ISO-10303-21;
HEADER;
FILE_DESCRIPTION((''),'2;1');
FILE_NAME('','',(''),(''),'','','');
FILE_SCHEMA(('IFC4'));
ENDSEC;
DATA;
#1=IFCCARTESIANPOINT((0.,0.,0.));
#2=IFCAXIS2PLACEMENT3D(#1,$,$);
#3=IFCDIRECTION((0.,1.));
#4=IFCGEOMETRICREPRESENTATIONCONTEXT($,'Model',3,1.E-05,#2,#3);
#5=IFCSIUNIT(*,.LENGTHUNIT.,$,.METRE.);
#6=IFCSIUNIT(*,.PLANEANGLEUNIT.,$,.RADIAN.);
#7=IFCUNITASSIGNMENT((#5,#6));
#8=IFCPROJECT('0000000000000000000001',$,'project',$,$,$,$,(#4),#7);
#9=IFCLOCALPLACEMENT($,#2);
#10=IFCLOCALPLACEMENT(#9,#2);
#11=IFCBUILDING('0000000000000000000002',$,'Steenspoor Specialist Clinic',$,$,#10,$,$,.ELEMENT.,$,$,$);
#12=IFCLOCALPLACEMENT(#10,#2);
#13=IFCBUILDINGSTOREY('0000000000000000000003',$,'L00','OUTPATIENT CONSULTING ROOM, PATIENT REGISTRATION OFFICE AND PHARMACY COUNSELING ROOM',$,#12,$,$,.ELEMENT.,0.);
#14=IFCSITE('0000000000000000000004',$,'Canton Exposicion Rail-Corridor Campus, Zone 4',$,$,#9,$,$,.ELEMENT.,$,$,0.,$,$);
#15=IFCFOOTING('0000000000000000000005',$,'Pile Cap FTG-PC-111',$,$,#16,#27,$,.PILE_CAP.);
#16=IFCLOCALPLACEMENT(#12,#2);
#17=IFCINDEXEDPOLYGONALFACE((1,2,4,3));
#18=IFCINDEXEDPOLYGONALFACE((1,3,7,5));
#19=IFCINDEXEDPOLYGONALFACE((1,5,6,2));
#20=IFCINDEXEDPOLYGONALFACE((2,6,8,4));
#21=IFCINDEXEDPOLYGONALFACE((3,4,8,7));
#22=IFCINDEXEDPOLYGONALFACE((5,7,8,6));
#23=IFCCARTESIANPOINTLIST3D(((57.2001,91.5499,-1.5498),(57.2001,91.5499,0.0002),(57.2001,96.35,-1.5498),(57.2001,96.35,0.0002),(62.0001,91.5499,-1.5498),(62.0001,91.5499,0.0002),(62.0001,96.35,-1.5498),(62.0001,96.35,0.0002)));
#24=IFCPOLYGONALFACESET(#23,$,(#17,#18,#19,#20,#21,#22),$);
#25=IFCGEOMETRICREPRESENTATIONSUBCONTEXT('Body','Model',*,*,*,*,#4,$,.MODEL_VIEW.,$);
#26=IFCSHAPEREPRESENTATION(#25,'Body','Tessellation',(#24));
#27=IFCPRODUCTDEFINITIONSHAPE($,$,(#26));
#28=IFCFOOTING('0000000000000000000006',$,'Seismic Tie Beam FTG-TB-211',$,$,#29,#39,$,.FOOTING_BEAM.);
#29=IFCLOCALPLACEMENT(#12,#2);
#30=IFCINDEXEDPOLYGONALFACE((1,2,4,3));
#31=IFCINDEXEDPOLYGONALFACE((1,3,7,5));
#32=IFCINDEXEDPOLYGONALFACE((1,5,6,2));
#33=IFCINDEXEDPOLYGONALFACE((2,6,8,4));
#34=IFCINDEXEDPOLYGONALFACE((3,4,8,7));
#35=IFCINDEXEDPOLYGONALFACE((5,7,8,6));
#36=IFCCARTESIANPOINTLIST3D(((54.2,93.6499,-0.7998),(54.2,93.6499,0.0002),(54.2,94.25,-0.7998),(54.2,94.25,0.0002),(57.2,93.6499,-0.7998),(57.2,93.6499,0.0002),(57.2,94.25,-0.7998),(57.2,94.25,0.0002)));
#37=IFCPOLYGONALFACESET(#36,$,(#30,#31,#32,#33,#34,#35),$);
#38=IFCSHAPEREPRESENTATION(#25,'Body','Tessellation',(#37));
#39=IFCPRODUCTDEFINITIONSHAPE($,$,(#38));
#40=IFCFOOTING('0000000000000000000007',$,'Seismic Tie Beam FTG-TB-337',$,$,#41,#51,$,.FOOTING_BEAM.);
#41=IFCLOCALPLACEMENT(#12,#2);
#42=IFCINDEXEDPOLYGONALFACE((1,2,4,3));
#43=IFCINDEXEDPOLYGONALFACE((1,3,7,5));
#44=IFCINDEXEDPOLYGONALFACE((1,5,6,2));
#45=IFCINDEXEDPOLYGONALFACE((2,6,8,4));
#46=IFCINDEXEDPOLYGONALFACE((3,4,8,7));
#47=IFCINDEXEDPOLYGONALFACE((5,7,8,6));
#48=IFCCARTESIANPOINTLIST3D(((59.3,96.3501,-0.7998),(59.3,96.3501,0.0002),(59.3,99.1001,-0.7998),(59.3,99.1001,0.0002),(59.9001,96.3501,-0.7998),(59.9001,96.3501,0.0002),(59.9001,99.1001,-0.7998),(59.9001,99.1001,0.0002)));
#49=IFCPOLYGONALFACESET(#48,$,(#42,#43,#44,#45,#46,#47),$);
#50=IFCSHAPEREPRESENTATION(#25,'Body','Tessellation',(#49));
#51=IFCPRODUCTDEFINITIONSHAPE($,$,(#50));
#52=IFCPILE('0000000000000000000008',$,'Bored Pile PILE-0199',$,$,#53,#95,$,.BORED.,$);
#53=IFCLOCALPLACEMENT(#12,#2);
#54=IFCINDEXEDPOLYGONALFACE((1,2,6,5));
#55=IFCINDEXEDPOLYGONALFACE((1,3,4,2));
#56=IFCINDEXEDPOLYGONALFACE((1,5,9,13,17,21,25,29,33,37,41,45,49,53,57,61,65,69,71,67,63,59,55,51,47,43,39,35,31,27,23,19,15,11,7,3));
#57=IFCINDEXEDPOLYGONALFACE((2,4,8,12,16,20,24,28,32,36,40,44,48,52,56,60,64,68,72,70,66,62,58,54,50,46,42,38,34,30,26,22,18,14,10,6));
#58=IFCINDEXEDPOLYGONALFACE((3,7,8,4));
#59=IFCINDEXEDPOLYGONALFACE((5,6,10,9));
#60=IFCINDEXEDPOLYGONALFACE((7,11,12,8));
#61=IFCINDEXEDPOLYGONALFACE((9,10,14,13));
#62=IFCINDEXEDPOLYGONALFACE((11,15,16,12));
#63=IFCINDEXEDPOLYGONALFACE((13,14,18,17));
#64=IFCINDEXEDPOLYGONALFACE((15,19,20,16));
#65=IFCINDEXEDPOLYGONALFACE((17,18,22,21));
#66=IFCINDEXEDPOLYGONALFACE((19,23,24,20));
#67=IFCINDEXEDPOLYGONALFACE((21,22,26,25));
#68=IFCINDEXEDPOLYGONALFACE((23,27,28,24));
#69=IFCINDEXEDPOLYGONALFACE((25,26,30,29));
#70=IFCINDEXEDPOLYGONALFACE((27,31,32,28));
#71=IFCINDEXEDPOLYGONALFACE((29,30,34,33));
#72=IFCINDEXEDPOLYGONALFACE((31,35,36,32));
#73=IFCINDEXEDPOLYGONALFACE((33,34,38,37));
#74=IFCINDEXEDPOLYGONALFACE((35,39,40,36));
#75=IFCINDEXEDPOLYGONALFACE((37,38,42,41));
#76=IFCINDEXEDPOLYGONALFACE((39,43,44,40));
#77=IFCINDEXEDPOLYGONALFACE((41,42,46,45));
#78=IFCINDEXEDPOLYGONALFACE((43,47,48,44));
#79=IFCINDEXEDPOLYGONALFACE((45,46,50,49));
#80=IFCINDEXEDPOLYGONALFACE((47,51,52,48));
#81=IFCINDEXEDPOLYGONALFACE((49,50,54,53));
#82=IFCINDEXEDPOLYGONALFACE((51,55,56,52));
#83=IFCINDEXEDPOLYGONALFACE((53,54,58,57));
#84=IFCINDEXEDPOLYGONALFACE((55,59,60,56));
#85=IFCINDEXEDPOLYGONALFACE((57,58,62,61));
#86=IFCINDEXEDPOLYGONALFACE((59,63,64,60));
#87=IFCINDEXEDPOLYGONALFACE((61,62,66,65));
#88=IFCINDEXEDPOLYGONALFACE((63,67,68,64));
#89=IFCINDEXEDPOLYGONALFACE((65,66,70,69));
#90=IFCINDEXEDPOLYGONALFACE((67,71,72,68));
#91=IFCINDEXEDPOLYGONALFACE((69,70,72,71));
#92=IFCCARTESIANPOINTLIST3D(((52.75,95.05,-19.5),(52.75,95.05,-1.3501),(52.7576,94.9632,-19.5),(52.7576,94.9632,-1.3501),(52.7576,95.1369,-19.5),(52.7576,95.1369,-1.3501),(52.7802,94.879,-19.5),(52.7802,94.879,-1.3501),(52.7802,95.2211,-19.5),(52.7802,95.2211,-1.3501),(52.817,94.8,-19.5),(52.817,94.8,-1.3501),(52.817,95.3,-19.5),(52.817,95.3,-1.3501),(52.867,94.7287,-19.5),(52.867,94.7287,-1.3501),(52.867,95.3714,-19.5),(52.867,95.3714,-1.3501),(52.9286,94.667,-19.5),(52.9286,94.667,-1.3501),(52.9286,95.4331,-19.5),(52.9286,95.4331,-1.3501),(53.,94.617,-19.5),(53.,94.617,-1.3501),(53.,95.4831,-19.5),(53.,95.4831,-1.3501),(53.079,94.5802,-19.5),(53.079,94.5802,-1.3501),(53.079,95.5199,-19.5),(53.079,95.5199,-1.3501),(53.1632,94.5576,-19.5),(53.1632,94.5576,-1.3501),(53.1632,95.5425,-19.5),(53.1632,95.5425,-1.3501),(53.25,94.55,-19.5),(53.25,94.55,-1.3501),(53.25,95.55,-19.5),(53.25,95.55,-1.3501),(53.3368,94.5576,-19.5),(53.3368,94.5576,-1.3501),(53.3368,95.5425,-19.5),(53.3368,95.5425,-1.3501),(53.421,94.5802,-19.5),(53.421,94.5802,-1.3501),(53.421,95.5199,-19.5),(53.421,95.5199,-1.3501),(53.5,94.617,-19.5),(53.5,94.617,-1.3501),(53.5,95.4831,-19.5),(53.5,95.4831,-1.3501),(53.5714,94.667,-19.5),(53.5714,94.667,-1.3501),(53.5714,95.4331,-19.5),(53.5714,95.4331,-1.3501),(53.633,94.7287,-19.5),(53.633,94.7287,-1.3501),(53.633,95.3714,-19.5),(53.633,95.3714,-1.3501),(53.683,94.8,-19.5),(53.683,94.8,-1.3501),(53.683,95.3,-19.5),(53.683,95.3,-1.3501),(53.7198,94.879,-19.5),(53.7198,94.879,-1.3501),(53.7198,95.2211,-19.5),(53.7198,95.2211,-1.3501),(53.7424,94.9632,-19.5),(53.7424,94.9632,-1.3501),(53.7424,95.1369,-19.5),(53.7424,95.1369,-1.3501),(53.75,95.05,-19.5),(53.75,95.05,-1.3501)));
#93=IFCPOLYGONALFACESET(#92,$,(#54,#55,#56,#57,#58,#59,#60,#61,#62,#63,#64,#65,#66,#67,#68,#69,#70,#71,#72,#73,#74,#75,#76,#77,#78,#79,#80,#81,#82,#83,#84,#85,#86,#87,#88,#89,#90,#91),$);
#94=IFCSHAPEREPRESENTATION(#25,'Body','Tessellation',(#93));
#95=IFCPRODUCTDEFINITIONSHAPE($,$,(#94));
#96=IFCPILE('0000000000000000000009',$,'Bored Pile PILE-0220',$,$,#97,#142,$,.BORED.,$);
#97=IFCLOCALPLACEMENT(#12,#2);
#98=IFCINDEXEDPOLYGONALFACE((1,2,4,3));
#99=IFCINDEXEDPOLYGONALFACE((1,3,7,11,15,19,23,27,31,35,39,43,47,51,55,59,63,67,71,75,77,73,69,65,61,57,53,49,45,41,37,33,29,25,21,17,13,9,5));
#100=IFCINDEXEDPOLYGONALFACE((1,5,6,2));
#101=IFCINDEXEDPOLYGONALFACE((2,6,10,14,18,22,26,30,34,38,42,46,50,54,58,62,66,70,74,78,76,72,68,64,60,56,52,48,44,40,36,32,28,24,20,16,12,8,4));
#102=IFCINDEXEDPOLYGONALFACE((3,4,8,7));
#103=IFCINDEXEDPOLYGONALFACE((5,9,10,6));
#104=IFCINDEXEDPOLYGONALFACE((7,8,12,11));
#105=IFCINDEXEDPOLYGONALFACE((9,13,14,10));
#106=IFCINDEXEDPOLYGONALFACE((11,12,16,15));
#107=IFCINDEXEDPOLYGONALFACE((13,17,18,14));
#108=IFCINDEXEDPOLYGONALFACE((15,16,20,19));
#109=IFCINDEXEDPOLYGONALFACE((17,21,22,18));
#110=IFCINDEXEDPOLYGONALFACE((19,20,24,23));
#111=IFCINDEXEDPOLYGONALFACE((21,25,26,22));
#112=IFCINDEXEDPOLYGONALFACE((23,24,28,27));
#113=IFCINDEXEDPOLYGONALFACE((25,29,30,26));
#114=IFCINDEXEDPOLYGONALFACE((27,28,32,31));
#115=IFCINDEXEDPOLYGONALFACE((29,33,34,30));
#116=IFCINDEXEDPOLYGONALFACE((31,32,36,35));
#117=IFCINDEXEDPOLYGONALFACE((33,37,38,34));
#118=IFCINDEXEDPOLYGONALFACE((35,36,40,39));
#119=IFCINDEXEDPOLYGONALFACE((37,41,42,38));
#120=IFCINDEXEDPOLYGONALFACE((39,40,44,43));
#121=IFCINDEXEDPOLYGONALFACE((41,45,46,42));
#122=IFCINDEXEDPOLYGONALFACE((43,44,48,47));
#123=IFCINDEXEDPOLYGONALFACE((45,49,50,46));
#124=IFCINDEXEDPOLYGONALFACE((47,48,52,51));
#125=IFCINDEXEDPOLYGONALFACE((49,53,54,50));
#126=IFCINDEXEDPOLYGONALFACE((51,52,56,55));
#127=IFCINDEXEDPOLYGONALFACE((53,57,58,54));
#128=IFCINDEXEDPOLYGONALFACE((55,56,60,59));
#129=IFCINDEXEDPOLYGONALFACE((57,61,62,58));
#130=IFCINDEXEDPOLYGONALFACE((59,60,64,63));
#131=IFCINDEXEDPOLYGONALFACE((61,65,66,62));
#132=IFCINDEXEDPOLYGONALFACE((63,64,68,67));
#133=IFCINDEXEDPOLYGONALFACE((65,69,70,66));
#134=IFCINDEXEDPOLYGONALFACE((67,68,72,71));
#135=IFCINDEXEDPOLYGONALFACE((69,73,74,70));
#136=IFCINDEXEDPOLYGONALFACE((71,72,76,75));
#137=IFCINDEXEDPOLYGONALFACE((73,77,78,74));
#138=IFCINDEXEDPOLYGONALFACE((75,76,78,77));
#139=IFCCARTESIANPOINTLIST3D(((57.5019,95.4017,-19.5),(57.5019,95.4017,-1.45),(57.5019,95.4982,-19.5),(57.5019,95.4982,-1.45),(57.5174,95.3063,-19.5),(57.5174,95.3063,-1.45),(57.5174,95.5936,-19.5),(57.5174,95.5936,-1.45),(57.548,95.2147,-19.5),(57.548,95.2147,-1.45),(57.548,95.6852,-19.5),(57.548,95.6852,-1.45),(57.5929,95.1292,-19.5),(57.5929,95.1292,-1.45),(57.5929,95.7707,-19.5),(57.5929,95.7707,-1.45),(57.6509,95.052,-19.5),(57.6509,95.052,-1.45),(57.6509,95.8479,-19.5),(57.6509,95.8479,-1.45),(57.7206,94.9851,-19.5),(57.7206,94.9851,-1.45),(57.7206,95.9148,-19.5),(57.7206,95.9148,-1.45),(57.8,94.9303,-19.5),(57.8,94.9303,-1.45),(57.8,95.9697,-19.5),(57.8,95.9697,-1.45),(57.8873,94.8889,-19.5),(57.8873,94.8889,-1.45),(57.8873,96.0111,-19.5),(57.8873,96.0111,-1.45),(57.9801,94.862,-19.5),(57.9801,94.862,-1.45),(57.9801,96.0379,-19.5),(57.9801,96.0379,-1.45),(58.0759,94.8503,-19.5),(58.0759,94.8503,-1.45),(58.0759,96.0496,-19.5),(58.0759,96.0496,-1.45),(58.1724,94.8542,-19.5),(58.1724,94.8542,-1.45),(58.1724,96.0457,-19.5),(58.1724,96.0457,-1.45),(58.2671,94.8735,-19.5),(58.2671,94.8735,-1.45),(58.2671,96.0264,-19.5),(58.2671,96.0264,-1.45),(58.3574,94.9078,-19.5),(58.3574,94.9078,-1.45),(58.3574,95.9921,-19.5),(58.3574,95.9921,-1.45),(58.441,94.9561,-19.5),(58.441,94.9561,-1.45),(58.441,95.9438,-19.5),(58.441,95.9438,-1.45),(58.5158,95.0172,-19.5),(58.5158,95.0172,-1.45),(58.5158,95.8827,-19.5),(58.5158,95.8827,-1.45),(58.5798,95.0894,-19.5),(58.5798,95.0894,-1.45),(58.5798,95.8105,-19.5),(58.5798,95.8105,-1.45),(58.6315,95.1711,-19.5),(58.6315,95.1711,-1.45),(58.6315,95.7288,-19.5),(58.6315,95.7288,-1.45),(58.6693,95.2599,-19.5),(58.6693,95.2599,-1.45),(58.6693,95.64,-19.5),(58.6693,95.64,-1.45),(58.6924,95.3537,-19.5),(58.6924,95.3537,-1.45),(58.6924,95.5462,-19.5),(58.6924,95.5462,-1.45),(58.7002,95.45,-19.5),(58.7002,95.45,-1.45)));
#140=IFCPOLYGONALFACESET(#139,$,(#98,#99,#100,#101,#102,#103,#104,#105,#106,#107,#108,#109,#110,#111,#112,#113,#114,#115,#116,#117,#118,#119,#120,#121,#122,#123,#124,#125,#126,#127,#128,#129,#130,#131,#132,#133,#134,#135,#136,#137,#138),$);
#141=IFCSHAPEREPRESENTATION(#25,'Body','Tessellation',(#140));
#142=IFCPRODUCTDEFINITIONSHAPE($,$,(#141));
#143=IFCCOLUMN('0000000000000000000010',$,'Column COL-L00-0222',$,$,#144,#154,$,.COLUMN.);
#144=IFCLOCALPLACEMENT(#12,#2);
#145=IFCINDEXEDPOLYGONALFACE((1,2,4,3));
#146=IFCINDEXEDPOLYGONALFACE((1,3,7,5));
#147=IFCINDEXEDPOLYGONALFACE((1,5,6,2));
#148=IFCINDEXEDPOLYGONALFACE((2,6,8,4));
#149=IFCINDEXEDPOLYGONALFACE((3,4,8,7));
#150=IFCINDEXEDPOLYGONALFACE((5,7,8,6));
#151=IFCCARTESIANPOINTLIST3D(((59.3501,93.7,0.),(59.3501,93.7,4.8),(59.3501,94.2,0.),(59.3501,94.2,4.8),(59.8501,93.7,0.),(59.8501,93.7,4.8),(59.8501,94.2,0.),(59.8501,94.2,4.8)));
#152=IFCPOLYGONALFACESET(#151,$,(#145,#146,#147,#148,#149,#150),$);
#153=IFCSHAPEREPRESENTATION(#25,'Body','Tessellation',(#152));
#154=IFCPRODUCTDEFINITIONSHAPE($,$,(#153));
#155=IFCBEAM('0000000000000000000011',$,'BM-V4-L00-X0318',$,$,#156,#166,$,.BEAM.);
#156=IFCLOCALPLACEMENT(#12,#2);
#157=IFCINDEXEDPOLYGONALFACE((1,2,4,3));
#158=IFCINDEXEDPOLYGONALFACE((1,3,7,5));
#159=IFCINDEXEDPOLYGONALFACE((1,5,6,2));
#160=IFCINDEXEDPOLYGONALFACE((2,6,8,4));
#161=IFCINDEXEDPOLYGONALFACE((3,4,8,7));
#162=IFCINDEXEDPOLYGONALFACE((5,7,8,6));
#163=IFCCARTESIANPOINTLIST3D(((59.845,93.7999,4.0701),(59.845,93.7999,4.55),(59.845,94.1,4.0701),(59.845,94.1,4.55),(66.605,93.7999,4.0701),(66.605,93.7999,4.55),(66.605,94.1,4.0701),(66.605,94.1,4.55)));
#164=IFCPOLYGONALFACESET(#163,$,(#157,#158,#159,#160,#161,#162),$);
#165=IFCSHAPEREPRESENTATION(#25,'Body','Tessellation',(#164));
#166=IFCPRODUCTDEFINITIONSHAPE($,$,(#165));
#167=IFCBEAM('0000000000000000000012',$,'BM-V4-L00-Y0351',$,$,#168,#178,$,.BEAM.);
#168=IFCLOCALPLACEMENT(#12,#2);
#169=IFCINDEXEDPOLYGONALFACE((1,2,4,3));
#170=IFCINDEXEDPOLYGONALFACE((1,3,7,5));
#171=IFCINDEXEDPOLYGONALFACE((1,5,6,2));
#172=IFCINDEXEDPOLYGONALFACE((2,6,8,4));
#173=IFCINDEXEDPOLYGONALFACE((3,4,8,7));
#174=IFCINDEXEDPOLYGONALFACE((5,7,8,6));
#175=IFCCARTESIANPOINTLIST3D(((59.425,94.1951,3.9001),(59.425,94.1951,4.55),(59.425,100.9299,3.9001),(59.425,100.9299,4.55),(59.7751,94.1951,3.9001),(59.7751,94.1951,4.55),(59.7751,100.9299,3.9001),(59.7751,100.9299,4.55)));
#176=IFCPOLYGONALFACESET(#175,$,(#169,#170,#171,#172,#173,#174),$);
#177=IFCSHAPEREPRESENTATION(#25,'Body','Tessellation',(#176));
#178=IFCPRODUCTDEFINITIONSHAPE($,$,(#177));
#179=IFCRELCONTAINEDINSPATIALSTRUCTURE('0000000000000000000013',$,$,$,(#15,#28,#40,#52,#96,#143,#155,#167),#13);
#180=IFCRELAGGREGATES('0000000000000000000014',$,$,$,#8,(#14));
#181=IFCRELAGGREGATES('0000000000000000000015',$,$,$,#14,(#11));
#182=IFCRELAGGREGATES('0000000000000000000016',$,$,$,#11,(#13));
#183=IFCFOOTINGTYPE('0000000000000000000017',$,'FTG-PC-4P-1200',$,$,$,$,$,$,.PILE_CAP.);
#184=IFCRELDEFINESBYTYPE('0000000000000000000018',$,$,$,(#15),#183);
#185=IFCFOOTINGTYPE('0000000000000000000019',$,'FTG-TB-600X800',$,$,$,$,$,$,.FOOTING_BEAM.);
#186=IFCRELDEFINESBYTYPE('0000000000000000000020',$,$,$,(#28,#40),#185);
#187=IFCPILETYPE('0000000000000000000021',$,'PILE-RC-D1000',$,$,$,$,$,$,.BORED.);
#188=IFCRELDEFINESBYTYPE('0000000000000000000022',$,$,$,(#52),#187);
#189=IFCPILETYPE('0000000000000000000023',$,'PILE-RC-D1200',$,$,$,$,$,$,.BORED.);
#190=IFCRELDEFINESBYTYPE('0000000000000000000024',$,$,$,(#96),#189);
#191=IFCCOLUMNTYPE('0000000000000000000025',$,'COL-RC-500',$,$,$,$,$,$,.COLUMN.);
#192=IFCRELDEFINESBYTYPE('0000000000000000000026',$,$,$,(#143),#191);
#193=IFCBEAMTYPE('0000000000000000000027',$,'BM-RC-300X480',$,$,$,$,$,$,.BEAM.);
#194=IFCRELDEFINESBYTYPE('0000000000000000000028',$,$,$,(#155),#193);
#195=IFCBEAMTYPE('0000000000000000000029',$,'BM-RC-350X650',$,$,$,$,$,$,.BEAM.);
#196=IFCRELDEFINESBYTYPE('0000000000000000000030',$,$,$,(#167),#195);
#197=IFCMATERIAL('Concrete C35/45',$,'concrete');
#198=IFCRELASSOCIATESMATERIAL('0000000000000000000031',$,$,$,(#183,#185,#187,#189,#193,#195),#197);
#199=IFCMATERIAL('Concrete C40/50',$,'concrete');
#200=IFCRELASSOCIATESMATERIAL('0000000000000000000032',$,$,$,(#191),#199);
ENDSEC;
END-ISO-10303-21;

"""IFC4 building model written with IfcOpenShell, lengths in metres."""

from ifc_helpers import new_model, si_unit, direction, frame, origin, origin_2d, place, context, subcontext, project, spatial, rectangle, circle, extrude, material, material_profile, profile_set, type_object, element, save


model = new_model("IFC4")

# Units and contexts
model_context = context("Model", 3, precision=1e-05, world=origin(), true_north=direction((0.0, 1.0)))
body_context = subcontext(model_context, "Body", "Model", "MODEL_VIEW")
ifc_project = project(units=[si_unit("LENGTHUNIT", "METRE"), si_unit("PLANEANGLEUNIT", "RADIAN")], contexts=[model_context])

# Site, building, storey
site_placement = place(None, origin())
site = spatial("IfcSite", under=ifc_project, at=site_placement, Name="Canton Exposicion Rail-Corridor Campus, Zone 4", CompositionType="ELEMENT", RefElevation=0.0)
building_placement = place(site_placement, origin())
building = spatial("IfcBuilding", under=site, at=building_placement, Name="Steenspoor Specialist Clinic", CompositionType="ELEMENT")
storey_placement = place(building_placement, origin())
storey = spatial("IfcBuildingStorey", under=building, at=storey_placement, Name="L00", Description="OUTPATIENT CONSULTING ROOM, PATIENT REGISTRATION OFFICE AND PHARMACY COUNSELING ROOM", CompositionType="ELEMENT", Elevation=0.0)

# Footings
ifc_material_1 = material(Name="Concrete C35/45", Category="concrete")
footing_type_1 = type_object("IfcFootingType", Name="FTG-PC-4P-1200", PredefinedType="PILE_CAP", material=ifc_material_1)
footing_1_placement = place(storey_placement, frame((59.6001, 93.95, -1.5498), z_axis=(0.0, 0.0, 1.0), x_axis=(1.0, 0.0, 0.0)))
element("IfcFooting", 1, at=footing_1_placement, inside=storey, type_object=footing_type_1, Name="Pile Cap FTG-PC-111", PredefinedType="PILE_CAP", context=body_context, shape_type="SweptSolid", body=[
    extrude(rectangle(XDim=4.8, YDim=4.8, at=origin_2d()), origin(), (0.0, 0.0, 1.0), 1.55),
])
footing_type_2 = type_object("IfcFootingType", Name="FTG-TB-600X800", PredefinedType="FOOTING_BEAM", material=ifc_material_1)
footing_2_placement = place(storey_placement, frame((55.7, 93.95, -0.7998), z_axis=(0.0, 0.0, 1.0), x_axis=(1.0, 0.0, 0.0)))
element("IfcFooting", 2, at=footing_2_placement, inside=storey, type_object=footing_type_2, Name="Seismic Tie Beam FTG-TB-211", PredefinedType="FOOTING_BEAM", context=body_context, shape_type="SweptSolid", body=[
    extrude(rectangle(XDim=3.0, YDim=0.6001, at=origin_2d()), origin(), (0.0, 0.0, 1.0), 0.8),
])
footing_3_placement = place(storey_placement, frame((59.6001, 97.7251, -0.7998), z_axis=(0.0, 0.0, 1.0), x_axis=(1.0, 0.0, 0.0)))
element("IfcFooting", 3, at=footing_3_placement, inside=storey, type_object=footing_type_2, Name="Seismic Tie Beam FTG-TB-337", PredefinedType="FOOTING_BEAM", context=body_context, shape_type="SweptSolid", body=[
    extrude(rectangle(XDim=0.6001, YDim=2.75, at=origin_2d()), origin(), (0.0, 0.0, 1.0), 0.8),
])

# Piles
ifc_material_profile_1 = material_profile(ifc_material_1, circle(Radius=0.5, at=origin_2d()), Name="PILE-D1000")
ifc_profile_set_1 = profile_set([ifc_material_profile_1], Name="Concrete C35/45")
pile_type_1 = type_object("IfcPileType", Name="PILE-RC-D1000", PredefinedType="BORED", material=ifc_profile_set_1)
pile_1_placement = place(storey_placement, frame((53.25, 95.05, -1.3501), z_axis=(0.0, 0.0, -1.0), x_axis=(1.0, 0.0, 0.0)))
element("IfcPile", 4, at=pile_1_placement, inside=storey, type_object=pile_type_1, Name="Bored Pile PILE-0199", PredefinedType="BORED", context=body_context, shape_type="SweptSolid", body=[
    extrude(circle(Radius=0.5, at=origin_2d()), origin(), (0.0, 0.0, 1.0), 18.1499),
])
ifc_material_profile_2 = material_profile(ifc_material_1, circle(Radius=0.6001, at=origin_2d()), Name="PILE-D1200")
ifc_profile_set_2 = profile_set([ifc_material_profile_2], Name="Concrete C35/45")
pile_type_2 = type_object("IfcPileType", Name="PILE-RC-D1200", PredefinedType="BORED", material=ifc_profile_set_2)
pile_2_placement = place(storey_placement, frame((58.1001, 95.45, -1.45), z_axis=(0.0, 0.0, -1.0), x_axis=(1.0, 0.0, 0.0)))
element("IfcPile", 5, at=pile_2_placement, inside=storey, type_object=pile_type_2, Name="Bored Pile PILE-0220", PredefinedType="BORED", context=body_context, shape_type="SweptSolid", body=[
    extrude(circle(Radius=0.6001, at=origin_2d()), origin(), (0.0, 0.0, 1.0), 18.05),
])

# Column
ifc_material_2 = material(Name="Concrete C40/50", Category="concrete")
ifc_material_profile_3 = material_profile(ifc_material_2, rectangle(XDim=0.5, YDim=0.5, at=origin_2d()), Name="RC-COL-500X500")
ifc_profile_set_3 = profile_set([ifc_material_profile_3], Name="Concrete C40/50")
column_type = type_object("IfcColumnType", Name="COL-RC-500", PredefinedType="COLUMN", material=ifc_profile_set_3)
column_placement = place(storey_placement, frame((59.6001, 93.95, 0.0), z_axis=(0.0, 0.0, 1.0), x_axis=(1.0, 0.0, 0.0)))
element("IfcColumn", 6, at=column_placement, inside=storey, type_object=column_type, Name="Column COL-L00-0222", PredefinedType="COLUMN", context=body_context, shape_type="SweptSolid", body=[
    extrude(rectangle(XDim=0.5, YDim=0.5, at=origin_2d()), origin(), (0.0, 0.0, 1.0), 4.8),
])

# Beams
ifc_material_profile_4 = material_profile(ifc_material_1, rectangle(XDim=0.3, YDim=0.48, at=origin_2d()), Name="RC-BM-300X480")
ifc_profile_set_4 = profile_set([ifc_material_profile_4], Name="Concrete C35/45")
beam_type_1 = type_object("IfcBeamType", Name="BM-RC-300X480", PredefinedType="BEAM", material=ifc_profile_set_4)
beam_1_placement = place(storey_placement, frame((59.845, 93.95, 4.3101), z_axis=(1.0, 0.0, 0.0), x_axis=(0.0, 1.0, 0.0)))
element("IfcBeam", 7, at=beam_1_placement, inside=storey, type_object=beam_type_1, Name="BM-V4-L00-X0318", PredefinedType="BEAM", context=body_context, shape_type="SweptSolid", body=[
    extrude(rectangle(XDim=0.3, YDim=0.48, at=origin_2d()), origin(), (0.0, 0.0, 1.0), 6.76),
])
ifc_material_profile_5 = material_profile(ifc_material_1, rectangle(XDim=0.3501, YDim=0.6499, at=origin_2d()), Name="RC-BM-350X650")
ifc_profile_set_5 = profile_set([ifc_material_profile_5], Name="Concrete C35/45")
beam_type_2 = type_object("IfcBeamType", Name="BM-RC-350X650", PredefinedType="BEAM", material=ifc_profile_set_5)
beam_2_placement = place(storey_placement, frame((59.6001, 94.1951, 4.2251), z_axis=(0.0, 1.0, 0.0), x_axis=(-1.0, 0.0, 0.0)))
element("IfcBeam", 8, at=beam_2_placement, inside=storey, type_object=beam_type_2, Name="BM-V4-L00-Y0351", PredefinedType="BEAM", context=body_context, shape_type="SweptSolid", body=[
    extrude(rectangle(XDim=0.3501, YDim=0.6499, at=origin_2d()), origin(), (0.0, 0.0, 1.0), 6.7349),
])

save(model, "model.ifc")
